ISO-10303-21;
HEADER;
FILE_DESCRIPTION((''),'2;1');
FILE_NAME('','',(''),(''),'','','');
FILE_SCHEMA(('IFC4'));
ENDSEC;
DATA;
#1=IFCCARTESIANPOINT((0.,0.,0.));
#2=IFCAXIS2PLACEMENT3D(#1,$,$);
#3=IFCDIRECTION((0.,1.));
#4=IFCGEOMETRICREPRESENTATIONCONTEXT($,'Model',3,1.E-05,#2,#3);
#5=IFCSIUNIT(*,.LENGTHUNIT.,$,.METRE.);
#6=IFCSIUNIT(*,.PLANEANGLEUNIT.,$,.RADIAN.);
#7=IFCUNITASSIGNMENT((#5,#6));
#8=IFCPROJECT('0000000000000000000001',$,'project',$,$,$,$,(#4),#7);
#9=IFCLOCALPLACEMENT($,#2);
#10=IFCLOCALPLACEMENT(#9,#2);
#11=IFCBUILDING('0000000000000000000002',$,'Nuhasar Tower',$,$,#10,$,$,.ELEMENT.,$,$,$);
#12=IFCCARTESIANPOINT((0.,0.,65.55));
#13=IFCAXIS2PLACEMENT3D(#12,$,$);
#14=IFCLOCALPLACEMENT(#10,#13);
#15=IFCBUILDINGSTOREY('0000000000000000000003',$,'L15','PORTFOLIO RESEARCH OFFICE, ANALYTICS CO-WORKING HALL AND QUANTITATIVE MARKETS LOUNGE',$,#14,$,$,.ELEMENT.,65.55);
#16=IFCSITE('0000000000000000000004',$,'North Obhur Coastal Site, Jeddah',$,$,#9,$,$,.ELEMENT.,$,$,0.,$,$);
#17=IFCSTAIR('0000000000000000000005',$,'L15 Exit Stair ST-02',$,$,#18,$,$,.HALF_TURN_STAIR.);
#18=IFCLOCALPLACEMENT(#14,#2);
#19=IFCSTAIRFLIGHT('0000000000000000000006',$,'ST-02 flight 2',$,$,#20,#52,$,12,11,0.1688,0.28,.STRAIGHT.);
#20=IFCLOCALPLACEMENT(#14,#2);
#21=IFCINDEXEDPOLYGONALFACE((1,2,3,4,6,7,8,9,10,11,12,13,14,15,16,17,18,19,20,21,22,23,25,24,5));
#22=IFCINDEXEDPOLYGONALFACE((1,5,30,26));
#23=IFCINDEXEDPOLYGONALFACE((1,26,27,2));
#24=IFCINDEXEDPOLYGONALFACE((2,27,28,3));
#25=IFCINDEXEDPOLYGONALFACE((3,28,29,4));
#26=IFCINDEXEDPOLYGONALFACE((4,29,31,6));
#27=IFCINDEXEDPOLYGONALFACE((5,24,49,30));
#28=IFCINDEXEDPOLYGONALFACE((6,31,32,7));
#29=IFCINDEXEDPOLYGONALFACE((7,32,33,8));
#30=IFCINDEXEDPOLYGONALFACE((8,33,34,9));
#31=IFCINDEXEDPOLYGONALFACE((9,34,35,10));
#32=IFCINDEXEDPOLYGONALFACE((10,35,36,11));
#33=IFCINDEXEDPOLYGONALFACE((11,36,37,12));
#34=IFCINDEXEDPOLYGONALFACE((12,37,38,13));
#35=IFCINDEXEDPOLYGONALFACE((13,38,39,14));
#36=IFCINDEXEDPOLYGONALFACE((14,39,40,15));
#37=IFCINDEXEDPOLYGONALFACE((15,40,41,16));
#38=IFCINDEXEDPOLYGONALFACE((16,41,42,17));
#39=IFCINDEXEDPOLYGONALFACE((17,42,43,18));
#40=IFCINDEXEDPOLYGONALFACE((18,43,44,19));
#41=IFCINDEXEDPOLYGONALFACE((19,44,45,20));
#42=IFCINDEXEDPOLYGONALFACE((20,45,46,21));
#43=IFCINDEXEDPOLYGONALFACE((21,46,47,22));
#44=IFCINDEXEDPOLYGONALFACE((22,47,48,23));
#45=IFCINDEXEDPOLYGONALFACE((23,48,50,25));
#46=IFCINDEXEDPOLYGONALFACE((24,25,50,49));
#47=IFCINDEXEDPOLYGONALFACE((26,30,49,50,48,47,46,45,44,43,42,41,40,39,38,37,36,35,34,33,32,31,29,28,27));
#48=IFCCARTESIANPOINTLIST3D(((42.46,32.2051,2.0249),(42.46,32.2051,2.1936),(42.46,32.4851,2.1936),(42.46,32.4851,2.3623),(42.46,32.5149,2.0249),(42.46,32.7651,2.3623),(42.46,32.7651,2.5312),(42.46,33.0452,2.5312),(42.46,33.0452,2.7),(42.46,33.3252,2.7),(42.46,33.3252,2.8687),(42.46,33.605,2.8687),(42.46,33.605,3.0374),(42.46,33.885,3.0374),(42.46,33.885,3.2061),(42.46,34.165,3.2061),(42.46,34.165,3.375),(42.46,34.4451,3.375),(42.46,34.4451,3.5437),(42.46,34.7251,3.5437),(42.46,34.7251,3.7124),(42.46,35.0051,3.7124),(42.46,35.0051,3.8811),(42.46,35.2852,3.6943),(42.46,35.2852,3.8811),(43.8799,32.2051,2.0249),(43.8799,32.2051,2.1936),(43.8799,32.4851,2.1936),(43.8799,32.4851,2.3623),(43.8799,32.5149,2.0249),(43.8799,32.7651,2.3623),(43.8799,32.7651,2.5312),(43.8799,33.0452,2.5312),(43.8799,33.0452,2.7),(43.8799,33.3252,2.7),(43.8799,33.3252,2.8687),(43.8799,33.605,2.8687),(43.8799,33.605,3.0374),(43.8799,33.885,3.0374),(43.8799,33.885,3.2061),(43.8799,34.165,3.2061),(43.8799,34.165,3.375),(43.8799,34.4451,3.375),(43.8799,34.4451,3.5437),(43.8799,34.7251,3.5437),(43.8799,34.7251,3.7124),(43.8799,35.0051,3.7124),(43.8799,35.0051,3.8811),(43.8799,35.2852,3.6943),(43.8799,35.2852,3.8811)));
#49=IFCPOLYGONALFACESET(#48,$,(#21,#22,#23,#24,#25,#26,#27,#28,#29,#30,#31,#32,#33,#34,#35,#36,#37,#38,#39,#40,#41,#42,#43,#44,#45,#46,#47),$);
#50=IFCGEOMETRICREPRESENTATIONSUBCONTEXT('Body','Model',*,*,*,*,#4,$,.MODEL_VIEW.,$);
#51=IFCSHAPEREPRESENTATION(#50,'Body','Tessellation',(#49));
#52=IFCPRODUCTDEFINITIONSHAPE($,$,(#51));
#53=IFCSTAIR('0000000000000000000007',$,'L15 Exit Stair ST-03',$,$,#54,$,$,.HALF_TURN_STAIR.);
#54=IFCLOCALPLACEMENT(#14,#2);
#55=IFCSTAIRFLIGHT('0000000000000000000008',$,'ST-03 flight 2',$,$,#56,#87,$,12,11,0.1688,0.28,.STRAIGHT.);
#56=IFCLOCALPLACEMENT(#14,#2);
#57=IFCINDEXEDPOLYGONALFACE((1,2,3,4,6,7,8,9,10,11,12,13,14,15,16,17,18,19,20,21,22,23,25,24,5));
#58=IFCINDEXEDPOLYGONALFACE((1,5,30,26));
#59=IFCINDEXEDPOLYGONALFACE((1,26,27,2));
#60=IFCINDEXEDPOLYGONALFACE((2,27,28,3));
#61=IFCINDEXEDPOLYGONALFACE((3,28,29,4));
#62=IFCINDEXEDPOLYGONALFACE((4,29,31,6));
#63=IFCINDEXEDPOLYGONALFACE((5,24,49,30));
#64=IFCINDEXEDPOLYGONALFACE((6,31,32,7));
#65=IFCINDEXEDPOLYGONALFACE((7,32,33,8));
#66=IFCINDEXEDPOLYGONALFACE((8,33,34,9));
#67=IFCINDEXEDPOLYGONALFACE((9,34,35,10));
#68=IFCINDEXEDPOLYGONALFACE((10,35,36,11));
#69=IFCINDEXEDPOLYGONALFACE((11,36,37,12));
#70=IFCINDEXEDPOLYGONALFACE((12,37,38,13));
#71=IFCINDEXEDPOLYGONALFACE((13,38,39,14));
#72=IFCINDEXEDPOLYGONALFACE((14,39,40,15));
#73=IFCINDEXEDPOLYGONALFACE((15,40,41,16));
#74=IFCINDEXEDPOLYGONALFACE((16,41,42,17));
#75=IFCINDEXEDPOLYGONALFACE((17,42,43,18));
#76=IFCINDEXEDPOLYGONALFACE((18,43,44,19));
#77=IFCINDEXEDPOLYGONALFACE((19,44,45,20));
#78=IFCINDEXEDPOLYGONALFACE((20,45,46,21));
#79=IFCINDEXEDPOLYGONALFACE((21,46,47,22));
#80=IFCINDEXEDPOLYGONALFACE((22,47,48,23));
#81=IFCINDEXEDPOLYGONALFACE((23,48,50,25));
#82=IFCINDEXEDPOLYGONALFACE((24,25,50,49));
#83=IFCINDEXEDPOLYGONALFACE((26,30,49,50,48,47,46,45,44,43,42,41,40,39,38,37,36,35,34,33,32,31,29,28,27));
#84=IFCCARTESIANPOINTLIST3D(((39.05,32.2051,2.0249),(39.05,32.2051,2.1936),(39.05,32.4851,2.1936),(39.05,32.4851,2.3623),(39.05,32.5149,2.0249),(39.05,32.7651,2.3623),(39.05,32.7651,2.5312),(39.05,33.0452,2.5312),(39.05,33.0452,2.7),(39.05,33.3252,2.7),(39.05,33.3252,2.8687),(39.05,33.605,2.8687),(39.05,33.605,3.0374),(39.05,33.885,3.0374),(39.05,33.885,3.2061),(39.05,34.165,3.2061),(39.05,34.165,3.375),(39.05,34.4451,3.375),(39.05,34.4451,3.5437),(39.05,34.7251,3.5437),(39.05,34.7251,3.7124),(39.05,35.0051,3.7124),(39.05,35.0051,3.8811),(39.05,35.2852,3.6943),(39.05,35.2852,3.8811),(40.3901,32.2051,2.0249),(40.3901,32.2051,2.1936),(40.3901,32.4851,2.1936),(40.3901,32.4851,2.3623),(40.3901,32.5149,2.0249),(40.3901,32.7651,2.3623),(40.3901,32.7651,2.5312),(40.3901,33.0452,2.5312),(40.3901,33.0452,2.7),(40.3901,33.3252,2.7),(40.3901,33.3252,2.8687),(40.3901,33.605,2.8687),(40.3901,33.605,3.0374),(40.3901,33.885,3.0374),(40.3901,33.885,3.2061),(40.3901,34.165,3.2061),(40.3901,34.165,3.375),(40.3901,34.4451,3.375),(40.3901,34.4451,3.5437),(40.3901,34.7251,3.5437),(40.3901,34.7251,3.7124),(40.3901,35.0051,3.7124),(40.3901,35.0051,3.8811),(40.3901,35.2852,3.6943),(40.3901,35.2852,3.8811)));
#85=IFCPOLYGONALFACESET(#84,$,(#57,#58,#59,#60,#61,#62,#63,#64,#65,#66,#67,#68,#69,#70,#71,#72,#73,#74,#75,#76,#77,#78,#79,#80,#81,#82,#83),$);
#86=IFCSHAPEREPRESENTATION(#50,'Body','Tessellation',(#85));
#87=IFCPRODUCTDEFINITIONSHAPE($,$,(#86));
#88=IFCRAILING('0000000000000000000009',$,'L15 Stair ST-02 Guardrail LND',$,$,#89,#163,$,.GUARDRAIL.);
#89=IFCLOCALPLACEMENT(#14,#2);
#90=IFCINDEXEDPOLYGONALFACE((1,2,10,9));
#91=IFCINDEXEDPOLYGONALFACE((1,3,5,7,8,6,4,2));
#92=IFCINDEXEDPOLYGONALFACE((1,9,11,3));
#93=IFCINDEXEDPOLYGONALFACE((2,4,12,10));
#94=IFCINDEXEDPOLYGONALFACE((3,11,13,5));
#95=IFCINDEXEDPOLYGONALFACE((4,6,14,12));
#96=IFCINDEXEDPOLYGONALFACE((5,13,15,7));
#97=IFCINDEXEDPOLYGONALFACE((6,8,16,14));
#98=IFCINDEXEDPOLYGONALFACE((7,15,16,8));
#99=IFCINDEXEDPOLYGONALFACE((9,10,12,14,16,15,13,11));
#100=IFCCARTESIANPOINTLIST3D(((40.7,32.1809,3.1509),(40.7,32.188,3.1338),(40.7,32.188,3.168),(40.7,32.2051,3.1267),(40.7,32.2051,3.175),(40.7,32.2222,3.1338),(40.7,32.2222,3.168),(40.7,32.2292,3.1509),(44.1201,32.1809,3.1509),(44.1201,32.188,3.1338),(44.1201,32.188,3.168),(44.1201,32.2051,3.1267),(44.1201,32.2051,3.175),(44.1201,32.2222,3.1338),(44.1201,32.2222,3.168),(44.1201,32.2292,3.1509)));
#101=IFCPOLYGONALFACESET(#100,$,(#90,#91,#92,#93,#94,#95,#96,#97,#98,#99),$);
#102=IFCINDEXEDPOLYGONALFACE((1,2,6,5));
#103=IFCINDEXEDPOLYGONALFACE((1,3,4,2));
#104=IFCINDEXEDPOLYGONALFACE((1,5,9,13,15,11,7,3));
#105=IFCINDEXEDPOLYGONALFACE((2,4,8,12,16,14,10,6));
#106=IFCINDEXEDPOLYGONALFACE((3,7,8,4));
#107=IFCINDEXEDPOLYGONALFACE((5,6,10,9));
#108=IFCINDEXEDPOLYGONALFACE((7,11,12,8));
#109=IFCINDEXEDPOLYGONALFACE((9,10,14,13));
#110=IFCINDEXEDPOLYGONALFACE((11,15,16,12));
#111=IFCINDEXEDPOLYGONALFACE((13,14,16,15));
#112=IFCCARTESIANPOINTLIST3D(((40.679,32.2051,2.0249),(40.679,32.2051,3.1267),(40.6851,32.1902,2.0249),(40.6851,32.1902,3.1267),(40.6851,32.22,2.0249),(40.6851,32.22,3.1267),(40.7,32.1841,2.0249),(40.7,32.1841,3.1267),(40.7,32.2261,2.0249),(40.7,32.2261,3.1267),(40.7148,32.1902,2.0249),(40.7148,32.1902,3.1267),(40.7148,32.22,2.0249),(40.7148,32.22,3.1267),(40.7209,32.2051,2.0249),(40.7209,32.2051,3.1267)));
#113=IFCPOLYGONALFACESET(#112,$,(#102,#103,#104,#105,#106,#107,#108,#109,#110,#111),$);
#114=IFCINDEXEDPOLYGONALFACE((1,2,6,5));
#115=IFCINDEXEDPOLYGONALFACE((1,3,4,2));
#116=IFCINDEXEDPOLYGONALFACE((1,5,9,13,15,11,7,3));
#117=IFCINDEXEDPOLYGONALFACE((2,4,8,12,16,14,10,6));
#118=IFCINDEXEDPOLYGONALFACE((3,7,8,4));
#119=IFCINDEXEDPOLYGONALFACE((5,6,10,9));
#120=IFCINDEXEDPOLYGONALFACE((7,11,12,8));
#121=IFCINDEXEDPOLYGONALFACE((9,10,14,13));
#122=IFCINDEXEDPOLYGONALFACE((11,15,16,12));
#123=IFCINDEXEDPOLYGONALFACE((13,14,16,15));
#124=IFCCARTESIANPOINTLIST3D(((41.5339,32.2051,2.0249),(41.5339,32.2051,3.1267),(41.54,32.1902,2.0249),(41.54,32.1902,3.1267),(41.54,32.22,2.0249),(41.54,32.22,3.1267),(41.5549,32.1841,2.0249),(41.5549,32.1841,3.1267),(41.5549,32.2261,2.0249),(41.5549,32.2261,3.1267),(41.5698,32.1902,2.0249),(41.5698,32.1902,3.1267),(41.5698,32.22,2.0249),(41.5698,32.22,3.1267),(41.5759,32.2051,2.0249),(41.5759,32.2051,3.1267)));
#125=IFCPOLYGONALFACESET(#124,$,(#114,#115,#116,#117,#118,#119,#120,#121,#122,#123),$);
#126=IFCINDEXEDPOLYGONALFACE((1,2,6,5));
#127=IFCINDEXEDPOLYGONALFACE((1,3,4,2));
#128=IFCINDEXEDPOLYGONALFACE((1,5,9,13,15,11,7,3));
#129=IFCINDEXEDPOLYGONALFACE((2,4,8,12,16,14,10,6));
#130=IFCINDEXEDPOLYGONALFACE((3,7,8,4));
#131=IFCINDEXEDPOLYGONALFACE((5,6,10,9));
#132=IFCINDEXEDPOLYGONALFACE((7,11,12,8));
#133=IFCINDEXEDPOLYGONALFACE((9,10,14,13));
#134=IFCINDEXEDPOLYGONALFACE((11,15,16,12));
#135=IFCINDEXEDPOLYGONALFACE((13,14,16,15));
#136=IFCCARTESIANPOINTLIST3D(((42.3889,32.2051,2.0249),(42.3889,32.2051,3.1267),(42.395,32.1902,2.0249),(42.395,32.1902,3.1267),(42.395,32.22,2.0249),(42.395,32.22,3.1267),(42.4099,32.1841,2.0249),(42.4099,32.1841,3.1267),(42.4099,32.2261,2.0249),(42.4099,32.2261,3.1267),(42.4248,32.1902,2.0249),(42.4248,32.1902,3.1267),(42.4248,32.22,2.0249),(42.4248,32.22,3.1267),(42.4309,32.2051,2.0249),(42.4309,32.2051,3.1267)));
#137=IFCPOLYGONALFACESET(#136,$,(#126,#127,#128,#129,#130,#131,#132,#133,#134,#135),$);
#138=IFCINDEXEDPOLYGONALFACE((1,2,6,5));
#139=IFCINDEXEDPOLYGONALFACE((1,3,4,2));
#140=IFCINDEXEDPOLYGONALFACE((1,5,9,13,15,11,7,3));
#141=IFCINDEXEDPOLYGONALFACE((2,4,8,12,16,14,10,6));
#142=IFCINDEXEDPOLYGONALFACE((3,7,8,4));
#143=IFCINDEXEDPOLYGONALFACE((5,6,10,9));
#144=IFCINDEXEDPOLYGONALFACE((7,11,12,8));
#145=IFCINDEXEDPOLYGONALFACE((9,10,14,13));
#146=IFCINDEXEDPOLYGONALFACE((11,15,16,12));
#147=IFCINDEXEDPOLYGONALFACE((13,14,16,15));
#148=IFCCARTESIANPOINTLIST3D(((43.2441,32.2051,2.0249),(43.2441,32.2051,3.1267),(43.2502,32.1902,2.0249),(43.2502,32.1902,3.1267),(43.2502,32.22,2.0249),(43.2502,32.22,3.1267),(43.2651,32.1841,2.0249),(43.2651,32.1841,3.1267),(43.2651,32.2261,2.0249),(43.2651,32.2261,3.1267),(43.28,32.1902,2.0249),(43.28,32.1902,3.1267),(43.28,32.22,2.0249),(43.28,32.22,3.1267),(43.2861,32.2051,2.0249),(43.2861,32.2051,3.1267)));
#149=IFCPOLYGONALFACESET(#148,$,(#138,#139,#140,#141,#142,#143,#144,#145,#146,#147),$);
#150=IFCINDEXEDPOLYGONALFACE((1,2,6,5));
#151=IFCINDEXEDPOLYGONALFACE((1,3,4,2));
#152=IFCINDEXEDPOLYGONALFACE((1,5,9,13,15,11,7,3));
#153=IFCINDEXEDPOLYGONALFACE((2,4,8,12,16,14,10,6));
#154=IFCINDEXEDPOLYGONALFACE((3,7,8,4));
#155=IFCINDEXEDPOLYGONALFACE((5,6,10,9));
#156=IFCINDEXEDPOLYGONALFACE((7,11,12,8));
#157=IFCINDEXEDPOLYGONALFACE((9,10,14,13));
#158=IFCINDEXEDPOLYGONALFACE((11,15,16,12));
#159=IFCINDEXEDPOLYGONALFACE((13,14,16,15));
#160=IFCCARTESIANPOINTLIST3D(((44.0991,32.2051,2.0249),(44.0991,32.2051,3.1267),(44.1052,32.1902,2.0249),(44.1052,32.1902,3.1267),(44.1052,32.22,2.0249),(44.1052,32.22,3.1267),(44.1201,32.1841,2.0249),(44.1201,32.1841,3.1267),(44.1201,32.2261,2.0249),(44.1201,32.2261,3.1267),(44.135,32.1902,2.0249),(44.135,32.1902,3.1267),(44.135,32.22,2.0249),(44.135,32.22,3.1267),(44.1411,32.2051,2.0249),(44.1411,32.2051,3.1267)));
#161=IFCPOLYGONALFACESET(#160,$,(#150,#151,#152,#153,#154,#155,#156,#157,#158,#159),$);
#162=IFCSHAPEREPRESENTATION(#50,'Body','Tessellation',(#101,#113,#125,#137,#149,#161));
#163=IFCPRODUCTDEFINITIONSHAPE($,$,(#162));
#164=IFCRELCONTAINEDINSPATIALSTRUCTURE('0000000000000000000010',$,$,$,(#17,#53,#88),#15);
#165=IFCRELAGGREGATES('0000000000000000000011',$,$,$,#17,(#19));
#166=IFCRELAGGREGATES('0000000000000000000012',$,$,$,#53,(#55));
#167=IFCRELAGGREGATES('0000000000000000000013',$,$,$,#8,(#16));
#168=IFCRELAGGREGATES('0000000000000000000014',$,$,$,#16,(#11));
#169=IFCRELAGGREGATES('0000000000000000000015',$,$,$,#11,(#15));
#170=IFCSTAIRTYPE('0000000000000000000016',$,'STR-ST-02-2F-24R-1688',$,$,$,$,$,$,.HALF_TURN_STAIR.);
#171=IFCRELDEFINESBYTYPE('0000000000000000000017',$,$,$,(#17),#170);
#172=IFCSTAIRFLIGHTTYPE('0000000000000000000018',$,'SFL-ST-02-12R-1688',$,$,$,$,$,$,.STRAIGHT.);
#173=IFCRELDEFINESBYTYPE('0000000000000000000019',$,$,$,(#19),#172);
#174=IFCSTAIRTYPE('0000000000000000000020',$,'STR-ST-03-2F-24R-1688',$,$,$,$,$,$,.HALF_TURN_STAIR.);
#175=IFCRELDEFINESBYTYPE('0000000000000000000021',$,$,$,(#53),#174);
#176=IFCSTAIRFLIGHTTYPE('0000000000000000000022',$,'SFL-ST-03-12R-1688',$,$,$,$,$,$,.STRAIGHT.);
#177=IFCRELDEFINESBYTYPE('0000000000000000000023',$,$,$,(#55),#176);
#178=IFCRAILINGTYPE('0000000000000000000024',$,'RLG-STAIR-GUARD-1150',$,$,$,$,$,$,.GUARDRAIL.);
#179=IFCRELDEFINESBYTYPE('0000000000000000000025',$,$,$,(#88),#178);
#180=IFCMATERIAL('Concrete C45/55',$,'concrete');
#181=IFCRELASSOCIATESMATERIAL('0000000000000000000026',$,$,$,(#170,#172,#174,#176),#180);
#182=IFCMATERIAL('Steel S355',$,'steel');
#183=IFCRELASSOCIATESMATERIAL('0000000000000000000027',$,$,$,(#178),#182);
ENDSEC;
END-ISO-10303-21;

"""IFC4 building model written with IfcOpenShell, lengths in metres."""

from ifc_helpers import new_model, si_unit, direction, frame, origin, place, context, subcontext, project, spatial, polyline, outline, extrude, material, type_object, element, aggregate, save


model = new_model("IFC4")

# Units and contexts
model_context = context("Model", 3, precision=1e-05, world=origin(), true_north=direction((0.0, 1.0)))
body_context = subcontext(model_context, "Body", "Model", "MODEL_VIEW")
ifc_project = project(units=[si_unit("LENGTHUNIT", "METRE"), si_unit("PLANEANGLEUNIT", "RADIAN")], contexts=[model_context])

# Site, building, storey
site_placement = place(None, origin())
site = spatial("IfcSite", under=ifc_project, at=site_placement, Name="North Obhur Coastal Site, Jeddah", CompositionType="ELEMENT", RefElevation=0.0)
building_placement = place(site_placement, origin())
building = spatial("IfcBuilding", under=site, at=building_placement, Name="Nuhasar Tower", CompositionType="ELEMENT")
storey_placement = place(building_placement, frame((0.0, 0.0, 65.55)))
storey = spatial("IfcBuildingStorey", under=building, at=storey_placement, Name="L15", Description="PORTFOLIO RESEARCH OFFICE, ANALYTICS CO-WORKING HALL AND QUANTITATIVE MARKETS LOUNGE", CompositionType="ELEMENT", Elevation=65.55)

# Shared definitions
ifc_material_1 = material(Name="Steel S355", Category="steel")

# Shared definitions
ifc_material_2 = material(Name="Concrete C45/55", Category="concrete")

# Stair, stair flight
stair_type_1 = type_object("IfcStairType", Name="STR-ST-02-2F-24R-1688", PredefinedType="HALF_TURN_STAIR", material=ifc_material_2)
stair_1_placement = place(storey_placement, origin())
stair_1 = element("IfcStair", 1, at=stair_1_placement, inside=storey, type_object=stair_type_1, Name="L15 Exit Stair ST-02", PredefinedType="HALF_TURN_STAIR")
stair_flight_type_1 = type_object("IfcStairFlightType", Name="SFL-ST-02-12R-1688", PredefinedType="STRAIGHT", material=ifc_material_2)
stair_flight_1_placement = place(storey_placement, frame((43.1699, 32.2051, 2.0249), z_axis=(0.0, 0.0, 1.0), x_axis=(0.0, 1.0, 0.0)))
stair_flight_1 = element("IfcStairFlight", 2, at=stair_flight_1_placement, type_object=stair_flight_type_1, Name="ST-02 flight 2", NumberOfRisers=12, NumberOfTreads=11, PredefinedType="STRAIGHT", RiserHeight=0.1688, TreadLength=0.28, context=body_context, shape_type="SweptSolid", body=[
    extrude(outline(polyline([(0.0, 0.0), (0.0, 0.1687), (0.28, 0.1687), (0.28, 0.3374), (0.5601, 0.3374), (0.5601, 0.5063), (0.8401, 0.5063), (0.8401, 0.675), (1.1201, 0.675), (1.1201, 0.8438), (1.3999, 0.8438), (1.3999, 1.0125), (1.6799, 1.0125), (1.6799, 1.1812), (1.96, 1.1812), (1.96, 1.3501), (2.24, 1.3501), (2.24, 1.5188), (2.52, 1.5188), (2.52, 1.6875), (2.8, 1.6875), (2.8, 1.8562), (3.0801, 1.8562), (3.0801, 2.0249), (3.0801, 1.6694), (0.3098, 0.0), (0.0, 0.0)])), frame((0.0, 0.71, 0.0), z_axis=(0.0, -1.0, 0.0), x_axis=(1.0, 0.0, 0.0)), (0.0, 0.0, 1.0), 1.4199),
])
aggregate(stair_1, [stair_flight_1])

# Stair, stair flight
stair_type_2 = type_object("IfcStairType", Name="STR-ST-03-2F-24R-1688", PredefinedType="HALF_TURN_STAIR", material=ifc_material_2)
stair_2_placement = place(storey_placement, origin())
stair_2 = element("IfcStair", 3, at=stair_2_placement, inside=storey, type_object=stair_type_2, Name="L15 Exit Stair ST-03", PredefinedType="HALF_TURN_STAIR")
stair_flight_type_2 = type_object("IfcStairFlightType", Name="SFL-ST-03-12R-1688", PredefinedType="STRAIGHT", material=ifc_material_2)
stair_flight_2_placement = place(storey_placement, frame((39.72, 32.2051, 2.0249), z_axis=(0.0, 0.0, 1.0), x_axis=(0.0, 1.0, 0.0)))
stair_flight_2 = element("IfcStairFlight", 4, at=stair_flight_2_placement, type_object=stair_flight_type_2, Name="ST-03 flight 2", NumberOfRisers=12, NumberOfTreads=11, PredefinedType="STRAIGHT", RiserHeight=0.1688, TreadLength=0.28, context=body_context, shape_type="SweptSolid", body=[
    extrude(outline(polyline([(0.0, 0.0), (0.0, 0.1687), (0.28, 0.1687), (0.28, 0.3374), (0.5601, 0.3374), (0.5601, 0.5063), (0.8401, 0.5063), (0.8401, 0.675), (1.1201, 0.675), (1.1201, 0.8438), (1.3999, 0.8438), (1.3999, 1.0125), (1.6799, 1.0125), (1.6799, 1.1812), (1.96, 1.1812), (1.96, 1.3501), (2.24, 1.3501), (2.24, 1.5188), (2.52, 1.5188), (2.52, 1.6875), (2.8, 1.6875), (2.8, 1.8562), (3.0801, 1.8562), (3.0801, 2.0249), (3.0801, 1.6694), (0.3098, 0.0), (0.0, 0.0)])), frame((0.0, 0.6699, 0.0), z_axis=(0.0, -1.0, 0.0), x_axis=(1.0, 0.0, 0.0)), (0.0, 0.0, 1.0), 1.3401),
])
aggregate(stair_2, [stair_flight_2])

# Railing
railing_type_1 = type_object("IfcRailingType", Name="RLG-STAIR-GUARD-1150", PredefinedType="GUARDRAIL", material=ifc_material_1)
railing_1_placement = place(storey_placement, frame((40.7, 32.2051, 2.0249)))
element("IfcRailing", 5, at=railing_1_placement, inside=storey, type_object=railing_type_1, Name="L15 Stair ST-02 Guardrail LND", PredefinedType="GUARDRAIL", context=body_context, shape_type="SweptSolid", body=[
    extrude(outline(polyline([(0.0242, 0.0), (0.0171, 0.0171), (0.0, 0.0242), (-0.0171, 0.0171), (-0.0242, 0.0), (-0.0171, -0.0171), (0.0, -0.0242), (0.0171, -0.0171), (0.0242, 0.0)])), frame((0.0, 0.0, 1.126), z_axis=(1.0, 0.0, 0.0), x_axis=(0.0, 1.0, 0.0)), (0.0, 0.0, 1.0), 3.4202),
    extrude(outline(polyline([(0.021, 0.0), (0.0149, 0.0149), (0.0, 0.021), (-0.0149, 0.0149), (-0.021, 0.0), (-0.0149, -0.0149), (0.0, -0.021), (0.0149, -0.0149), (0.021, 0.0)])), origin(), (0.0, 0.0, 1.0), 1.1018),
    extrude(outline(polyline([(0.021, 0.0), (0.0149, 0.0149), (0.0, 0.021), (-0.0149, 0.0149), (-0.021, 0.0), (-0.0149, -0.0149), (0.0, -0.021), (0.0149, -0.0149), (0.021, 0.0)])), frame((0.855, 0.0, 0.0)), (0.0, 0.0, 1.0), 1.1018),
    extrude(outline(polyline([(0.021, 0.0), (0.0149, 0.0149), (0.0, 0.021), (-0.0149, 0.0149), (-0.021, 0.0), (-0.0149, -0.0149), (0.0, -0.021), (0.0149, -0.0149), (0.021, 0.0)])), frame((1.71, 0.0, 0.0)), (0.0, 0.0, 1.0), 1.1018),
    extrude(outline(polyline([(0.021, 0.0), (0.0149, 0.0149), (0.0, 0.021), (-0.0149, 0.0149), (-0.021, 0.0), (-0.0149, -0.0149), (0.0, -0.021), (0.0149, -0.0149), (0.021, 0.0)])), frame((2.5652, 0.0, 0.0)), (0.0, 0.0, 1.0), 1.1018),
    extrude(outline(polyline([(0.021, 0.0), (0.0149, 0.0149), (0.0, 0.021), (-0.0149, 0.0149), (-0.021, 0.0), (-0.0149, -0.0149), (0.0, -0.021), (0.0149, -0.0149), (0.021, 0.0)])), frame((3.4202, 0.0, 0.0)), (0.0, 0.0, 1.0), 1.1018),
])

save(model, "model.ifc")
